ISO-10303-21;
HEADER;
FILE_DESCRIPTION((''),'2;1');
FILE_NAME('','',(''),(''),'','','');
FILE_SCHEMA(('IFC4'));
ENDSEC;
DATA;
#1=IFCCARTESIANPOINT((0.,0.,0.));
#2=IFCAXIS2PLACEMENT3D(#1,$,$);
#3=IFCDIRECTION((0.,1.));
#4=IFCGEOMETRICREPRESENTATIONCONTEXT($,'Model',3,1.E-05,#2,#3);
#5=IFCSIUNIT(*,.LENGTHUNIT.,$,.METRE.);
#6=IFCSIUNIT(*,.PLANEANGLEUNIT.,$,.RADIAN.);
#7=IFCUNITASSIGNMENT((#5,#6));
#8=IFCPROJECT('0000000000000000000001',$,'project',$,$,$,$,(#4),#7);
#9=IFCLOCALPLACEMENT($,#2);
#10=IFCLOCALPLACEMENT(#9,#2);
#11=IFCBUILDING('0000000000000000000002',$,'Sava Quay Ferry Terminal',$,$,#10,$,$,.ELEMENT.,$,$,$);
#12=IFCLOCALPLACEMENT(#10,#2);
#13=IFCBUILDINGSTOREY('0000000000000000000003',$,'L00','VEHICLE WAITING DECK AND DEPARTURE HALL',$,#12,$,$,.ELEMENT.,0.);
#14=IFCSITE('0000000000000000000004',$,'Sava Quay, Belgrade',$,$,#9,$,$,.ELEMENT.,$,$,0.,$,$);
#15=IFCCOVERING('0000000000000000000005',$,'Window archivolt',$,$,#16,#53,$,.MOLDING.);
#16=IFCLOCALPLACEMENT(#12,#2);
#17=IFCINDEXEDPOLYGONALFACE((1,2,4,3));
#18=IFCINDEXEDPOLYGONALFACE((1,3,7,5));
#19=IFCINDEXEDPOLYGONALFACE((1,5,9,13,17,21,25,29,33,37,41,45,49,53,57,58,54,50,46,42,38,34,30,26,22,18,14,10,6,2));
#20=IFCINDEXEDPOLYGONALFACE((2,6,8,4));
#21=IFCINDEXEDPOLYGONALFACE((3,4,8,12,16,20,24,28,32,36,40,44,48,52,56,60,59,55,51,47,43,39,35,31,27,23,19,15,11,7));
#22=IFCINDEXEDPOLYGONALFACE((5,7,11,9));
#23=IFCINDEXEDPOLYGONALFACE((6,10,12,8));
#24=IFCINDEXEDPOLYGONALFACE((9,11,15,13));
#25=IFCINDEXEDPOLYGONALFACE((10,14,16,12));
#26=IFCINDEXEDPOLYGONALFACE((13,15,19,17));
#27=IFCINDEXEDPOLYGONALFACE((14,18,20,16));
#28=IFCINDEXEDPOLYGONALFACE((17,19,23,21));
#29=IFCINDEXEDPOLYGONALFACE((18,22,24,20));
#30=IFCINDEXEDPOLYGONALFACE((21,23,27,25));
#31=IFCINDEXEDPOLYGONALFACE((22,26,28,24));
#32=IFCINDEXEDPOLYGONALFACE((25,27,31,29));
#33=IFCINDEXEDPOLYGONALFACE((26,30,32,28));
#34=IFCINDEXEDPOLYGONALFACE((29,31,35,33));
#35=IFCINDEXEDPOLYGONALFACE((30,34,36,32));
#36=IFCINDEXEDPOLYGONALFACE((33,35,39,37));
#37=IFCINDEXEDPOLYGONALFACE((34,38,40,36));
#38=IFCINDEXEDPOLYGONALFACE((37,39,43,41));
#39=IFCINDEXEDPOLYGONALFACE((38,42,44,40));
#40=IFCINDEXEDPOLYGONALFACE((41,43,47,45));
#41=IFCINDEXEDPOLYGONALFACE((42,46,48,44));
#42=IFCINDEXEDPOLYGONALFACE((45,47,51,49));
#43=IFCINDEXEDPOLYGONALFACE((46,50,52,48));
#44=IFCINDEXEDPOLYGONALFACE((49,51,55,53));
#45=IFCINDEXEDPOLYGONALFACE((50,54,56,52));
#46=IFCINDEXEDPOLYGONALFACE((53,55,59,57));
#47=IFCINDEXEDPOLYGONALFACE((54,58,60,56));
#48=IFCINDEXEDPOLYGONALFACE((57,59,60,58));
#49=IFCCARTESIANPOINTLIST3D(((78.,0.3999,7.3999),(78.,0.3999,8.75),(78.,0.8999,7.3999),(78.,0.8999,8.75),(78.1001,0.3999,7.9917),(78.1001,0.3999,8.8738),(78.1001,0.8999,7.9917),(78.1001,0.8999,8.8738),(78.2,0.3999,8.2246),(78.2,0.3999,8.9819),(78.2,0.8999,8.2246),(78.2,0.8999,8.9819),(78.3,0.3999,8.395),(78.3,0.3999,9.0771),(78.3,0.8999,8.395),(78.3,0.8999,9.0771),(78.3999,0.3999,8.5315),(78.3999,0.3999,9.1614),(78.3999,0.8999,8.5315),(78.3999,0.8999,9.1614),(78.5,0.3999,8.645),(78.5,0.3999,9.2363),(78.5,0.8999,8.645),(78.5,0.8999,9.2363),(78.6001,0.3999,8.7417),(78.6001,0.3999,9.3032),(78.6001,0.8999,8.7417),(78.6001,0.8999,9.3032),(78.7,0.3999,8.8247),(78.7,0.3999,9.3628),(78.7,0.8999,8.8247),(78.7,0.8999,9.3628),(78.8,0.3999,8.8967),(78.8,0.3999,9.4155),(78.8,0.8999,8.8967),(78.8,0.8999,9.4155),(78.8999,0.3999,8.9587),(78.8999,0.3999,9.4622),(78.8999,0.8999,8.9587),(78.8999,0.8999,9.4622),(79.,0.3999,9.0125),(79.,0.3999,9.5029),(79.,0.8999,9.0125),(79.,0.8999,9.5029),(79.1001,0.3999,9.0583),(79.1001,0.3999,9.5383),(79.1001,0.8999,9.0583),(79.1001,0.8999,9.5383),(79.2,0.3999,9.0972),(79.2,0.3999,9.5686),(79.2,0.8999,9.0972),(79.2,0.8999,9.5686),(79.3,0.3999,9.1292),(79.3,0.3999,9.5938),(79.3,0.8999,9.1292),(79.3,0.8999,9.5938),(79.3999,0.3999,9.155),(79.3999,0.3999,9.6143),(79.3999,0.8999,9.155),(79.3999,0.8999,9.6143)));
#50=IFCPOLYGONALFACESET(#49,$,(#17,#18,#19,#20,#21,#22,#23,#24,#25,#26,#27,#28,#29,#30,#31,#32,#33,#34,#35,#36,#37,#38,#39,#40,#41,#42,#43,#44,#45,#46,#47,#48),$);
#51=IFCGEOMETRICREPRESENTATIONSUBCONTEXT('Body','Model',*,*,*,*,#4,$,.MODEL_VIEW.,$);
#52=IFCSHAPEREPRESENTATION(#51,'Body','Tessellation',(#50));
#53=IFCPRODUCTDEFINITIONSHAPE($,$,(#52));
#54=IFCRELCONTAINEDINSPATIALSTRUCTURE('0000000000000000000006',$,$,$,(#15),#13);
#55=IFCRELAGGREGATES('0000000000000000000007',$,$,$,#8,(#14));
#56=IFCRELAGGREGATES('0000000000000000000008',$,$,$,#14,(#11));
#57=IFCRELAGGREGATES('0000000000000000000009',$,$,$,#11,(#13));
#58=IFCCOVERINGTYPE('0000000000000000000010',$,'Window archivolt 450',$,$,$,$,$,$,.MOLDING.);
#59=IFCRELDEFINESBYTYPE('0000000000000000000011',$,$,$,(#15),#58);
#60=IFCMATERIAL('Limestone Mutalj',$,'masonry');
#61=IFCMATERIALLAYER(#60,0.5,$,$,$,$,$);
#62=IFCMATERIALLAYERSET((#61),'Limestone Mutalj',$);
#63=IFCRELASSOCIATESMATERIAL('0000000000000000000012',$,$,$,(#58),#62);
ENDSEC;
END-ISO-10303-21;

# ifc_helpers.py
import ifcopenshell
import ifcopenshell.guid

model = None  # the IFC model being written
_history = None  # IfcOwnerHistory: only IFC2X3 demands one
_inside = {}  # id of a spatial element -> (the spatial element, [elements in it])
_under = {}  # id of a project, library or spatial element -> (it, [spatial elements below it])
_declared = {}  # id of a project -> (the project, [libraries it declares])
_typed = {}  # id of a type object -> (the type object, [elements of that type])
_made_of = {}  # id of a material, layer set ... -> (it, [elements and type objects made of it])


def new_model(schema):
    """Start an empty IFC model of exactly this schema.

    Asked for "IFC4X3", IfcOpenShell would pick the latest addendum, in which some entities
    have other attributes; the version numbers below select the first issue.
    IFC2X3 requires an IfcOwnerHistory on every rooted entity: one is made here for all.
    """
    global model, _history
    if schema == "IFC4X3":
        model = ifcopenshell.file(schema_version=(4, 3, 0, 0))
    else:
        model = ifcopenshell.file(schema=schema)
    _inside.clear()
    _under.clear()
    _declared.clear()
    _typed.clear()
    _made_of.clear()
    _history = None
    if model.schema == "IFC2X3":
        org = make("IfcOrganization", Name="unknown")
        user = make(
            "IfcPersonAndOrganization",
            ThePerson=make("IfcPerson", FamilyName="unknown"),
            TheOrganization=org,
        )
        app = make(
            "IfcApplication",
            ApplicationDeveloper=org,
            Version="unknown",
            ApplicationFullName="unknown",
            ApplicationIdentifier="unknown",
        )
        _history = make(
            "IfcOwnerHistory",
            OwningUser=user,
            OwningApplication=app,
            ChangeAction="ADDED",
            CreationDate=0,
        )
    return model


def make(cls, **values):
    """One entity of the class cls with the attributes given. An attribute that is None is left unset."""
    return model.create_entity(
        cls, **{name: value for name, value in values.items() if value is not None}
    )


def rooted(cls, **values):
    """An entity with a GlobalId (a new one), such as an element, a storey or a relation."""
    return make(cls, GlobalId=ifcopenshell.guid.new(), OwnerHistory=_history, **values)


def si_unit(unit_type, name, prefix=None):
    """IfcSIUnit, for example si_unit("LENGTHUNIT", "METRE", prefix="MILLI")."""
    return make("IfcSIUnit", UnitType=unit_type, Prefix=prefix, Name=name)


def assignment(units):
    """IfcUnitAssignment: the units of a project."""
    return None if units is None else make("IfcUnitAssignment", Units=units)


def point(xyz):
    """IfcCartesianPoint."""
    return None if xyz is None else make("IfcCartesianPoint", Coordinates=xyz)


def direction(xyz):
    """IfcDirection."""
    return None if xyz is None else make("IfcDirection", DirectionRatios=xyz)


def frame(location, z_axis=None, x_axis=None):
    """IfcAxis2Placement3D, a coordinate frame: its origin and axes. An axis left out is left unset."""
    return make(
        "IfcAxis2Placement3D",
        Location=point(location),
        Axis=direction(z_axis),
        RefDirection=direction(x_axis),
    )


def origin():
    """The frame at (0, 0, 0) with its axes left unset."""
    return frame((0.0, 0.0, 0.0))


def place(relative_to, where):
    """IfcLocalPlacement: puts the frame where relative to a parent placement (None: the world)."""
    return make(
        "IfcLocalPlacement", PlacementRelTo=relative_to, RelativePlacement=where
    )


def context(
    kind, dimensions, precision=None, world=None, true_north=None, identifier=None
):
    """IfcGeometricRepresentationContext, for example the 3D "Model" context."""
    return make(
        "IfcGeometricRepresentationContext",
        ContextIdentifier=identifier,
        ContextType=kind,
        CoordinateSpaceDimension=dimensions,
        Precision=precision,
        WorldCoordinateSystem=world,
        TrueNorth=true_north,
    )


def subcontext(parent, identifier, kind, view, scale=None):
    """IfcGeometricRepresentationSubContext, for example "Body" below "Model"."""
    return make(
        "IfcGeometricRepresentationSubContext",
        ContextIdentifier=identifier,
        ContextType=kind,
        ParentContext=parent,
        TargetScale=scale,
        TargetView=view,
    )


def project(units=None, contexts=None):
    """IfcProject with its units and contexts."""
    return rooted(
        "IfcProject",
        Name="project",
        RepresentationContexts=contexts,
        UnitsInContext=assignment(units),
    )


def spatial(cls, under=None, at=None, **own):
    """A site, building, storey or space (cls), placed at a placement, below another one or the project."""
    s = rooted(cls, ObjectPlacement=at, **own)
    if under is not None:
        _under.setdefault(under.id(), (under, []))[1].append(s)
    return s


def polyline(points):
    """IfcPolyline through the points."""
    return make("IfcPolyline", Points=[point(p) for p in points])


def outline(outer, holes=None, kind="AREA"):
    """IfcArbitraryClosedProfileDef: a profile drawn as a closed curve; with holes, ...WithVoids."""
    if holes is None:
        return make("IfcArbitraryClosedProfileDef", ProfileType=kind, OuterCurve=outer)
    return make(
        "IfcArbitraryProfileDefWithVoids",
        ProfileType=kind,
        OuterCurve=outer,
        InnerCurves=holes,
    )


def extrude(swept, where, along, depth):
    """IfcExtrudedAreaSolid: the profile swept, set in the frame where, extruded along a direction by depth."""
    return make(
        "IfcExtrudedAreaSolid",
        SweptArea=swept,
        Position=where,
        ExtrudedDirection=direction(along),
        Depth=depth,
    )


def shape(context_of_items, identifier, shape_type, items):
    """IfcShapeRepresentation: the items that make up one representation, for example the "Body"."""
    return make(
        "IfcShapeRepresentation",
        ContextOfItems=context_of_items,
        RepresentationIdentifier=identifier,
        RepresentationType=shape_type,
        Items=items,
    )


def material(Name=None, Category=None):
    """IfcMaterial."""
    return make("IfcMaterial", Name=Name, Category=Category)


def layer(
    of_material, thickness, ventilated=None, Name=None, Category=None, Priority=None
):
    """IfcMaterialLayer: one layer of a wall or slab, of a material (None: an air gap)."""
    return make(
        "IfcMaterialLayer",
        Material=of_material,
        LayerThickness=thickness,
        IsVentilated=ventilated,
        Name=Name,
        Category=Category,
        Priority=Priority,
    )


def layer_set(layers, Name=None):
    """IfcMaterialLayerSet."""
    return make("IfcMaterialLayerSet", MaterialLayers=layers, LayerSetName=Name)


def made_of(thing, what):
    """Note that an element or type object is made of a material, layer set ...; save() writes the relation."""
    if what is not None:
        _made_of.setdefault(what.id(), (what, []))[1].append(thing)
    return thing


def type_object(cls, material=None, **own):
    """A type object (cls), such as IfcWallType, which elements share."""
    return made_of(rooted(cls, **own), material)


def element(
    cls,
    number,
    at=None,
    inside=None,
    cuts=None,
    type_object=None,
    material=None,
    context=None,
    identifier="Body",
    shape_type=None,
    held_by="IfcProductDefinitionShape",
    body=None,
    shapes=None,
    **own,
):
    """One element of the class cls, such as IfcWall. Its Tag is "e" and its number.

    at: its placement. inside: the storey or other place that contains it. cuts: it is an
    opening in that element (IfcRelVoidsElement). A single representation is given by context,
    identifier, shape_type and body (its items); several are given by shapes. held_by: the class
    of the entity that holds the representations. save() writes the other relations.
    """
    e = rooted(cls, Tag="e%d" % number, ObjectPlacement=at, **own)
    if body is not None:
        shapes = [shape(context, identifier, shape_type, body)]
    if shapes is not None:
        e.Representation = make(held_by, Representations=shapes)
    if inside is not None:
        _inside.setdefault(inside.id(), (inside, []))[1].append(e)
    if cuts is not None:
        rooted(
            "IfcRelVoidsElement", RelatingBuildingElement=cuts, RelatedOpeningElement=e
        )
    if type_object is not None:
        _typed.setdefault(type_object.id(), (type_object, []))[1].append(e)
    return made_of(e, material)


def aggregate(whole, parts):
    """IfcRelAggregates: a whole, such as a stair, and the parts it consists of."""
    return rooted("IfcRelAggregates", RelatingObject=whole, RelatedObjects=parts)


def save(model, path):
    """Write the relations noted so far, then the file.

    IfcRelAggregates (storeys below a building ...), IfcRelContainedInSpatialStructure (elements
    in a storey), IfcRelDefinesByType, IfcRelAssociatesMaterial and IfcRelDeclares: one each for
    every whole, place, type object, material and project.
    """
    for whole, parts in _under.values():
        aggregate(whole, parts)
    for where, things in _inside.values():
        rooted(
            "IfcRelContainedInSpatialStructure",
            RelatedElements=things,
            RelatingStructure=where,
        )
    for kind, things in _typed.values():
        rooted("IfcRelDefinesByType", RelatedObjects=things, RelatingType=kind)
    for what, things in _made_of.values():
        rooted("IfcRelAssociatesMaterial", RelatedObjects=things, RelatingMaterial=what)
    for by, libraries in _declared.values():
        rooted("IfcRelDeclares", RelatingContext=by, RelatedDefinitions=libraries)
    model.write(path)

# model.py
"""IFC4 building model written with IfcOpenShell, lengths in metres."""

from ifc_helpers import new_model, si_unit, direction, frame, origin, place, context, subcontext, project, spatial, polyline, outline, extrude, material, layer, layer_set, type_object, element, save


model = new_model("IFC4")

# Units and contexts
model_context = context("Model", 3, precision=1e-05, world=origin(), true_north=direction((0.0, 1.0)))
body_context = subcontext(model_context, "Body", "Model", "MODEL_VIEW")
ifc_project = project(units=[si_unit("LENGTHUNIT", "METRE"), si_unit("PLANEANGLEUNIT", "RADIAN")], contexts=[model_context])

# Site, building, storey
site_placement = place(None, origin())
site = spatial("IfcSite", under=ifc_project, at=site_placement, Name="Sava Quay, Belgrade", CompositionType="ELEMENT", RefElevation=0.0)
building_placement = place(site_placement, origin())
building = spatial("IfcBuilding", under=site, at=building_placement, Name="Sava Quay Ferry Terminal", CompositionType="ELEMENT")
storey_placement = place(building_placement, origin())
storey = spatial("IfcBuildingStorey", under=building, at=storey_placement, Name="L00", Description="VEHICLE WAITING DECK AND DEPARTURE HALL", CompositionType="ELEMENT", Elevation=0.0)

# Covering
ifc_material_1 = material(Name="Limestone Mutalj", Category="masonry")
ifc_layer_1 = layer(ifc_material_1, 0.5)
ifc_layer_set_1 = layer_set([ifc_layer_1], Name="Limestone Mutalj")
covering_type_1 = type_object("IfcCoveringType", Name="Window archivolt 450", PredefinedType="MOLDING", material=ifc_layer_set_1)
covering_1_placement = place(storey_placement, frame((78.0, 0.3999, 7.3999), z_axis=(0.0, -1.0, 0.0), x_axis=(0.166773, 0.0, 0.985995)))
element("IfcCovering", 1, at=covering_1_placement, inside=storey, type_object=covering_type_1, Name="Window archivolt", PredefinedType="MOLDING", context=body_context, shape_type="SweptSolid", body=[
    extrude(outline(polyline([(0.0, 0.0), (0.6002, 0.0), (0.8465, -0.0596), (1.0312, -0.1299), (1.1824, -0.2056), (1.3111, -0.2853), (1.4231, -0.3679), (1.5216, -0.4525), (1.6093, -0.5392), (1.6871, -0.6273), (1.7567, -0.7171), (1.8187, -0.8081), (1.8736, -0.9001), (1.9218, -0.9934), (1.964, -1.0876), (2.4168, -1.011), (2.3799, -0.916), (2.3384, -0.8215), (2.2919, -0.7281), (2.2403, -0.6353), (2.1835, -0.5434), (2.1208, -0.4527), (2.0521, -0.3628), (1.9767, -0.2743), (1.8941, -0.1867), (1.8035, -0.1005), (1.7038, -0.0161), (1.5932, 0.0667), (1.4699, 0.1471), (1.3312, 0.2252), (0.0, 0.0)])), origin(), (0.0, 0.0, -1.0), 0.5),
])

save(model, "model.ifc")
